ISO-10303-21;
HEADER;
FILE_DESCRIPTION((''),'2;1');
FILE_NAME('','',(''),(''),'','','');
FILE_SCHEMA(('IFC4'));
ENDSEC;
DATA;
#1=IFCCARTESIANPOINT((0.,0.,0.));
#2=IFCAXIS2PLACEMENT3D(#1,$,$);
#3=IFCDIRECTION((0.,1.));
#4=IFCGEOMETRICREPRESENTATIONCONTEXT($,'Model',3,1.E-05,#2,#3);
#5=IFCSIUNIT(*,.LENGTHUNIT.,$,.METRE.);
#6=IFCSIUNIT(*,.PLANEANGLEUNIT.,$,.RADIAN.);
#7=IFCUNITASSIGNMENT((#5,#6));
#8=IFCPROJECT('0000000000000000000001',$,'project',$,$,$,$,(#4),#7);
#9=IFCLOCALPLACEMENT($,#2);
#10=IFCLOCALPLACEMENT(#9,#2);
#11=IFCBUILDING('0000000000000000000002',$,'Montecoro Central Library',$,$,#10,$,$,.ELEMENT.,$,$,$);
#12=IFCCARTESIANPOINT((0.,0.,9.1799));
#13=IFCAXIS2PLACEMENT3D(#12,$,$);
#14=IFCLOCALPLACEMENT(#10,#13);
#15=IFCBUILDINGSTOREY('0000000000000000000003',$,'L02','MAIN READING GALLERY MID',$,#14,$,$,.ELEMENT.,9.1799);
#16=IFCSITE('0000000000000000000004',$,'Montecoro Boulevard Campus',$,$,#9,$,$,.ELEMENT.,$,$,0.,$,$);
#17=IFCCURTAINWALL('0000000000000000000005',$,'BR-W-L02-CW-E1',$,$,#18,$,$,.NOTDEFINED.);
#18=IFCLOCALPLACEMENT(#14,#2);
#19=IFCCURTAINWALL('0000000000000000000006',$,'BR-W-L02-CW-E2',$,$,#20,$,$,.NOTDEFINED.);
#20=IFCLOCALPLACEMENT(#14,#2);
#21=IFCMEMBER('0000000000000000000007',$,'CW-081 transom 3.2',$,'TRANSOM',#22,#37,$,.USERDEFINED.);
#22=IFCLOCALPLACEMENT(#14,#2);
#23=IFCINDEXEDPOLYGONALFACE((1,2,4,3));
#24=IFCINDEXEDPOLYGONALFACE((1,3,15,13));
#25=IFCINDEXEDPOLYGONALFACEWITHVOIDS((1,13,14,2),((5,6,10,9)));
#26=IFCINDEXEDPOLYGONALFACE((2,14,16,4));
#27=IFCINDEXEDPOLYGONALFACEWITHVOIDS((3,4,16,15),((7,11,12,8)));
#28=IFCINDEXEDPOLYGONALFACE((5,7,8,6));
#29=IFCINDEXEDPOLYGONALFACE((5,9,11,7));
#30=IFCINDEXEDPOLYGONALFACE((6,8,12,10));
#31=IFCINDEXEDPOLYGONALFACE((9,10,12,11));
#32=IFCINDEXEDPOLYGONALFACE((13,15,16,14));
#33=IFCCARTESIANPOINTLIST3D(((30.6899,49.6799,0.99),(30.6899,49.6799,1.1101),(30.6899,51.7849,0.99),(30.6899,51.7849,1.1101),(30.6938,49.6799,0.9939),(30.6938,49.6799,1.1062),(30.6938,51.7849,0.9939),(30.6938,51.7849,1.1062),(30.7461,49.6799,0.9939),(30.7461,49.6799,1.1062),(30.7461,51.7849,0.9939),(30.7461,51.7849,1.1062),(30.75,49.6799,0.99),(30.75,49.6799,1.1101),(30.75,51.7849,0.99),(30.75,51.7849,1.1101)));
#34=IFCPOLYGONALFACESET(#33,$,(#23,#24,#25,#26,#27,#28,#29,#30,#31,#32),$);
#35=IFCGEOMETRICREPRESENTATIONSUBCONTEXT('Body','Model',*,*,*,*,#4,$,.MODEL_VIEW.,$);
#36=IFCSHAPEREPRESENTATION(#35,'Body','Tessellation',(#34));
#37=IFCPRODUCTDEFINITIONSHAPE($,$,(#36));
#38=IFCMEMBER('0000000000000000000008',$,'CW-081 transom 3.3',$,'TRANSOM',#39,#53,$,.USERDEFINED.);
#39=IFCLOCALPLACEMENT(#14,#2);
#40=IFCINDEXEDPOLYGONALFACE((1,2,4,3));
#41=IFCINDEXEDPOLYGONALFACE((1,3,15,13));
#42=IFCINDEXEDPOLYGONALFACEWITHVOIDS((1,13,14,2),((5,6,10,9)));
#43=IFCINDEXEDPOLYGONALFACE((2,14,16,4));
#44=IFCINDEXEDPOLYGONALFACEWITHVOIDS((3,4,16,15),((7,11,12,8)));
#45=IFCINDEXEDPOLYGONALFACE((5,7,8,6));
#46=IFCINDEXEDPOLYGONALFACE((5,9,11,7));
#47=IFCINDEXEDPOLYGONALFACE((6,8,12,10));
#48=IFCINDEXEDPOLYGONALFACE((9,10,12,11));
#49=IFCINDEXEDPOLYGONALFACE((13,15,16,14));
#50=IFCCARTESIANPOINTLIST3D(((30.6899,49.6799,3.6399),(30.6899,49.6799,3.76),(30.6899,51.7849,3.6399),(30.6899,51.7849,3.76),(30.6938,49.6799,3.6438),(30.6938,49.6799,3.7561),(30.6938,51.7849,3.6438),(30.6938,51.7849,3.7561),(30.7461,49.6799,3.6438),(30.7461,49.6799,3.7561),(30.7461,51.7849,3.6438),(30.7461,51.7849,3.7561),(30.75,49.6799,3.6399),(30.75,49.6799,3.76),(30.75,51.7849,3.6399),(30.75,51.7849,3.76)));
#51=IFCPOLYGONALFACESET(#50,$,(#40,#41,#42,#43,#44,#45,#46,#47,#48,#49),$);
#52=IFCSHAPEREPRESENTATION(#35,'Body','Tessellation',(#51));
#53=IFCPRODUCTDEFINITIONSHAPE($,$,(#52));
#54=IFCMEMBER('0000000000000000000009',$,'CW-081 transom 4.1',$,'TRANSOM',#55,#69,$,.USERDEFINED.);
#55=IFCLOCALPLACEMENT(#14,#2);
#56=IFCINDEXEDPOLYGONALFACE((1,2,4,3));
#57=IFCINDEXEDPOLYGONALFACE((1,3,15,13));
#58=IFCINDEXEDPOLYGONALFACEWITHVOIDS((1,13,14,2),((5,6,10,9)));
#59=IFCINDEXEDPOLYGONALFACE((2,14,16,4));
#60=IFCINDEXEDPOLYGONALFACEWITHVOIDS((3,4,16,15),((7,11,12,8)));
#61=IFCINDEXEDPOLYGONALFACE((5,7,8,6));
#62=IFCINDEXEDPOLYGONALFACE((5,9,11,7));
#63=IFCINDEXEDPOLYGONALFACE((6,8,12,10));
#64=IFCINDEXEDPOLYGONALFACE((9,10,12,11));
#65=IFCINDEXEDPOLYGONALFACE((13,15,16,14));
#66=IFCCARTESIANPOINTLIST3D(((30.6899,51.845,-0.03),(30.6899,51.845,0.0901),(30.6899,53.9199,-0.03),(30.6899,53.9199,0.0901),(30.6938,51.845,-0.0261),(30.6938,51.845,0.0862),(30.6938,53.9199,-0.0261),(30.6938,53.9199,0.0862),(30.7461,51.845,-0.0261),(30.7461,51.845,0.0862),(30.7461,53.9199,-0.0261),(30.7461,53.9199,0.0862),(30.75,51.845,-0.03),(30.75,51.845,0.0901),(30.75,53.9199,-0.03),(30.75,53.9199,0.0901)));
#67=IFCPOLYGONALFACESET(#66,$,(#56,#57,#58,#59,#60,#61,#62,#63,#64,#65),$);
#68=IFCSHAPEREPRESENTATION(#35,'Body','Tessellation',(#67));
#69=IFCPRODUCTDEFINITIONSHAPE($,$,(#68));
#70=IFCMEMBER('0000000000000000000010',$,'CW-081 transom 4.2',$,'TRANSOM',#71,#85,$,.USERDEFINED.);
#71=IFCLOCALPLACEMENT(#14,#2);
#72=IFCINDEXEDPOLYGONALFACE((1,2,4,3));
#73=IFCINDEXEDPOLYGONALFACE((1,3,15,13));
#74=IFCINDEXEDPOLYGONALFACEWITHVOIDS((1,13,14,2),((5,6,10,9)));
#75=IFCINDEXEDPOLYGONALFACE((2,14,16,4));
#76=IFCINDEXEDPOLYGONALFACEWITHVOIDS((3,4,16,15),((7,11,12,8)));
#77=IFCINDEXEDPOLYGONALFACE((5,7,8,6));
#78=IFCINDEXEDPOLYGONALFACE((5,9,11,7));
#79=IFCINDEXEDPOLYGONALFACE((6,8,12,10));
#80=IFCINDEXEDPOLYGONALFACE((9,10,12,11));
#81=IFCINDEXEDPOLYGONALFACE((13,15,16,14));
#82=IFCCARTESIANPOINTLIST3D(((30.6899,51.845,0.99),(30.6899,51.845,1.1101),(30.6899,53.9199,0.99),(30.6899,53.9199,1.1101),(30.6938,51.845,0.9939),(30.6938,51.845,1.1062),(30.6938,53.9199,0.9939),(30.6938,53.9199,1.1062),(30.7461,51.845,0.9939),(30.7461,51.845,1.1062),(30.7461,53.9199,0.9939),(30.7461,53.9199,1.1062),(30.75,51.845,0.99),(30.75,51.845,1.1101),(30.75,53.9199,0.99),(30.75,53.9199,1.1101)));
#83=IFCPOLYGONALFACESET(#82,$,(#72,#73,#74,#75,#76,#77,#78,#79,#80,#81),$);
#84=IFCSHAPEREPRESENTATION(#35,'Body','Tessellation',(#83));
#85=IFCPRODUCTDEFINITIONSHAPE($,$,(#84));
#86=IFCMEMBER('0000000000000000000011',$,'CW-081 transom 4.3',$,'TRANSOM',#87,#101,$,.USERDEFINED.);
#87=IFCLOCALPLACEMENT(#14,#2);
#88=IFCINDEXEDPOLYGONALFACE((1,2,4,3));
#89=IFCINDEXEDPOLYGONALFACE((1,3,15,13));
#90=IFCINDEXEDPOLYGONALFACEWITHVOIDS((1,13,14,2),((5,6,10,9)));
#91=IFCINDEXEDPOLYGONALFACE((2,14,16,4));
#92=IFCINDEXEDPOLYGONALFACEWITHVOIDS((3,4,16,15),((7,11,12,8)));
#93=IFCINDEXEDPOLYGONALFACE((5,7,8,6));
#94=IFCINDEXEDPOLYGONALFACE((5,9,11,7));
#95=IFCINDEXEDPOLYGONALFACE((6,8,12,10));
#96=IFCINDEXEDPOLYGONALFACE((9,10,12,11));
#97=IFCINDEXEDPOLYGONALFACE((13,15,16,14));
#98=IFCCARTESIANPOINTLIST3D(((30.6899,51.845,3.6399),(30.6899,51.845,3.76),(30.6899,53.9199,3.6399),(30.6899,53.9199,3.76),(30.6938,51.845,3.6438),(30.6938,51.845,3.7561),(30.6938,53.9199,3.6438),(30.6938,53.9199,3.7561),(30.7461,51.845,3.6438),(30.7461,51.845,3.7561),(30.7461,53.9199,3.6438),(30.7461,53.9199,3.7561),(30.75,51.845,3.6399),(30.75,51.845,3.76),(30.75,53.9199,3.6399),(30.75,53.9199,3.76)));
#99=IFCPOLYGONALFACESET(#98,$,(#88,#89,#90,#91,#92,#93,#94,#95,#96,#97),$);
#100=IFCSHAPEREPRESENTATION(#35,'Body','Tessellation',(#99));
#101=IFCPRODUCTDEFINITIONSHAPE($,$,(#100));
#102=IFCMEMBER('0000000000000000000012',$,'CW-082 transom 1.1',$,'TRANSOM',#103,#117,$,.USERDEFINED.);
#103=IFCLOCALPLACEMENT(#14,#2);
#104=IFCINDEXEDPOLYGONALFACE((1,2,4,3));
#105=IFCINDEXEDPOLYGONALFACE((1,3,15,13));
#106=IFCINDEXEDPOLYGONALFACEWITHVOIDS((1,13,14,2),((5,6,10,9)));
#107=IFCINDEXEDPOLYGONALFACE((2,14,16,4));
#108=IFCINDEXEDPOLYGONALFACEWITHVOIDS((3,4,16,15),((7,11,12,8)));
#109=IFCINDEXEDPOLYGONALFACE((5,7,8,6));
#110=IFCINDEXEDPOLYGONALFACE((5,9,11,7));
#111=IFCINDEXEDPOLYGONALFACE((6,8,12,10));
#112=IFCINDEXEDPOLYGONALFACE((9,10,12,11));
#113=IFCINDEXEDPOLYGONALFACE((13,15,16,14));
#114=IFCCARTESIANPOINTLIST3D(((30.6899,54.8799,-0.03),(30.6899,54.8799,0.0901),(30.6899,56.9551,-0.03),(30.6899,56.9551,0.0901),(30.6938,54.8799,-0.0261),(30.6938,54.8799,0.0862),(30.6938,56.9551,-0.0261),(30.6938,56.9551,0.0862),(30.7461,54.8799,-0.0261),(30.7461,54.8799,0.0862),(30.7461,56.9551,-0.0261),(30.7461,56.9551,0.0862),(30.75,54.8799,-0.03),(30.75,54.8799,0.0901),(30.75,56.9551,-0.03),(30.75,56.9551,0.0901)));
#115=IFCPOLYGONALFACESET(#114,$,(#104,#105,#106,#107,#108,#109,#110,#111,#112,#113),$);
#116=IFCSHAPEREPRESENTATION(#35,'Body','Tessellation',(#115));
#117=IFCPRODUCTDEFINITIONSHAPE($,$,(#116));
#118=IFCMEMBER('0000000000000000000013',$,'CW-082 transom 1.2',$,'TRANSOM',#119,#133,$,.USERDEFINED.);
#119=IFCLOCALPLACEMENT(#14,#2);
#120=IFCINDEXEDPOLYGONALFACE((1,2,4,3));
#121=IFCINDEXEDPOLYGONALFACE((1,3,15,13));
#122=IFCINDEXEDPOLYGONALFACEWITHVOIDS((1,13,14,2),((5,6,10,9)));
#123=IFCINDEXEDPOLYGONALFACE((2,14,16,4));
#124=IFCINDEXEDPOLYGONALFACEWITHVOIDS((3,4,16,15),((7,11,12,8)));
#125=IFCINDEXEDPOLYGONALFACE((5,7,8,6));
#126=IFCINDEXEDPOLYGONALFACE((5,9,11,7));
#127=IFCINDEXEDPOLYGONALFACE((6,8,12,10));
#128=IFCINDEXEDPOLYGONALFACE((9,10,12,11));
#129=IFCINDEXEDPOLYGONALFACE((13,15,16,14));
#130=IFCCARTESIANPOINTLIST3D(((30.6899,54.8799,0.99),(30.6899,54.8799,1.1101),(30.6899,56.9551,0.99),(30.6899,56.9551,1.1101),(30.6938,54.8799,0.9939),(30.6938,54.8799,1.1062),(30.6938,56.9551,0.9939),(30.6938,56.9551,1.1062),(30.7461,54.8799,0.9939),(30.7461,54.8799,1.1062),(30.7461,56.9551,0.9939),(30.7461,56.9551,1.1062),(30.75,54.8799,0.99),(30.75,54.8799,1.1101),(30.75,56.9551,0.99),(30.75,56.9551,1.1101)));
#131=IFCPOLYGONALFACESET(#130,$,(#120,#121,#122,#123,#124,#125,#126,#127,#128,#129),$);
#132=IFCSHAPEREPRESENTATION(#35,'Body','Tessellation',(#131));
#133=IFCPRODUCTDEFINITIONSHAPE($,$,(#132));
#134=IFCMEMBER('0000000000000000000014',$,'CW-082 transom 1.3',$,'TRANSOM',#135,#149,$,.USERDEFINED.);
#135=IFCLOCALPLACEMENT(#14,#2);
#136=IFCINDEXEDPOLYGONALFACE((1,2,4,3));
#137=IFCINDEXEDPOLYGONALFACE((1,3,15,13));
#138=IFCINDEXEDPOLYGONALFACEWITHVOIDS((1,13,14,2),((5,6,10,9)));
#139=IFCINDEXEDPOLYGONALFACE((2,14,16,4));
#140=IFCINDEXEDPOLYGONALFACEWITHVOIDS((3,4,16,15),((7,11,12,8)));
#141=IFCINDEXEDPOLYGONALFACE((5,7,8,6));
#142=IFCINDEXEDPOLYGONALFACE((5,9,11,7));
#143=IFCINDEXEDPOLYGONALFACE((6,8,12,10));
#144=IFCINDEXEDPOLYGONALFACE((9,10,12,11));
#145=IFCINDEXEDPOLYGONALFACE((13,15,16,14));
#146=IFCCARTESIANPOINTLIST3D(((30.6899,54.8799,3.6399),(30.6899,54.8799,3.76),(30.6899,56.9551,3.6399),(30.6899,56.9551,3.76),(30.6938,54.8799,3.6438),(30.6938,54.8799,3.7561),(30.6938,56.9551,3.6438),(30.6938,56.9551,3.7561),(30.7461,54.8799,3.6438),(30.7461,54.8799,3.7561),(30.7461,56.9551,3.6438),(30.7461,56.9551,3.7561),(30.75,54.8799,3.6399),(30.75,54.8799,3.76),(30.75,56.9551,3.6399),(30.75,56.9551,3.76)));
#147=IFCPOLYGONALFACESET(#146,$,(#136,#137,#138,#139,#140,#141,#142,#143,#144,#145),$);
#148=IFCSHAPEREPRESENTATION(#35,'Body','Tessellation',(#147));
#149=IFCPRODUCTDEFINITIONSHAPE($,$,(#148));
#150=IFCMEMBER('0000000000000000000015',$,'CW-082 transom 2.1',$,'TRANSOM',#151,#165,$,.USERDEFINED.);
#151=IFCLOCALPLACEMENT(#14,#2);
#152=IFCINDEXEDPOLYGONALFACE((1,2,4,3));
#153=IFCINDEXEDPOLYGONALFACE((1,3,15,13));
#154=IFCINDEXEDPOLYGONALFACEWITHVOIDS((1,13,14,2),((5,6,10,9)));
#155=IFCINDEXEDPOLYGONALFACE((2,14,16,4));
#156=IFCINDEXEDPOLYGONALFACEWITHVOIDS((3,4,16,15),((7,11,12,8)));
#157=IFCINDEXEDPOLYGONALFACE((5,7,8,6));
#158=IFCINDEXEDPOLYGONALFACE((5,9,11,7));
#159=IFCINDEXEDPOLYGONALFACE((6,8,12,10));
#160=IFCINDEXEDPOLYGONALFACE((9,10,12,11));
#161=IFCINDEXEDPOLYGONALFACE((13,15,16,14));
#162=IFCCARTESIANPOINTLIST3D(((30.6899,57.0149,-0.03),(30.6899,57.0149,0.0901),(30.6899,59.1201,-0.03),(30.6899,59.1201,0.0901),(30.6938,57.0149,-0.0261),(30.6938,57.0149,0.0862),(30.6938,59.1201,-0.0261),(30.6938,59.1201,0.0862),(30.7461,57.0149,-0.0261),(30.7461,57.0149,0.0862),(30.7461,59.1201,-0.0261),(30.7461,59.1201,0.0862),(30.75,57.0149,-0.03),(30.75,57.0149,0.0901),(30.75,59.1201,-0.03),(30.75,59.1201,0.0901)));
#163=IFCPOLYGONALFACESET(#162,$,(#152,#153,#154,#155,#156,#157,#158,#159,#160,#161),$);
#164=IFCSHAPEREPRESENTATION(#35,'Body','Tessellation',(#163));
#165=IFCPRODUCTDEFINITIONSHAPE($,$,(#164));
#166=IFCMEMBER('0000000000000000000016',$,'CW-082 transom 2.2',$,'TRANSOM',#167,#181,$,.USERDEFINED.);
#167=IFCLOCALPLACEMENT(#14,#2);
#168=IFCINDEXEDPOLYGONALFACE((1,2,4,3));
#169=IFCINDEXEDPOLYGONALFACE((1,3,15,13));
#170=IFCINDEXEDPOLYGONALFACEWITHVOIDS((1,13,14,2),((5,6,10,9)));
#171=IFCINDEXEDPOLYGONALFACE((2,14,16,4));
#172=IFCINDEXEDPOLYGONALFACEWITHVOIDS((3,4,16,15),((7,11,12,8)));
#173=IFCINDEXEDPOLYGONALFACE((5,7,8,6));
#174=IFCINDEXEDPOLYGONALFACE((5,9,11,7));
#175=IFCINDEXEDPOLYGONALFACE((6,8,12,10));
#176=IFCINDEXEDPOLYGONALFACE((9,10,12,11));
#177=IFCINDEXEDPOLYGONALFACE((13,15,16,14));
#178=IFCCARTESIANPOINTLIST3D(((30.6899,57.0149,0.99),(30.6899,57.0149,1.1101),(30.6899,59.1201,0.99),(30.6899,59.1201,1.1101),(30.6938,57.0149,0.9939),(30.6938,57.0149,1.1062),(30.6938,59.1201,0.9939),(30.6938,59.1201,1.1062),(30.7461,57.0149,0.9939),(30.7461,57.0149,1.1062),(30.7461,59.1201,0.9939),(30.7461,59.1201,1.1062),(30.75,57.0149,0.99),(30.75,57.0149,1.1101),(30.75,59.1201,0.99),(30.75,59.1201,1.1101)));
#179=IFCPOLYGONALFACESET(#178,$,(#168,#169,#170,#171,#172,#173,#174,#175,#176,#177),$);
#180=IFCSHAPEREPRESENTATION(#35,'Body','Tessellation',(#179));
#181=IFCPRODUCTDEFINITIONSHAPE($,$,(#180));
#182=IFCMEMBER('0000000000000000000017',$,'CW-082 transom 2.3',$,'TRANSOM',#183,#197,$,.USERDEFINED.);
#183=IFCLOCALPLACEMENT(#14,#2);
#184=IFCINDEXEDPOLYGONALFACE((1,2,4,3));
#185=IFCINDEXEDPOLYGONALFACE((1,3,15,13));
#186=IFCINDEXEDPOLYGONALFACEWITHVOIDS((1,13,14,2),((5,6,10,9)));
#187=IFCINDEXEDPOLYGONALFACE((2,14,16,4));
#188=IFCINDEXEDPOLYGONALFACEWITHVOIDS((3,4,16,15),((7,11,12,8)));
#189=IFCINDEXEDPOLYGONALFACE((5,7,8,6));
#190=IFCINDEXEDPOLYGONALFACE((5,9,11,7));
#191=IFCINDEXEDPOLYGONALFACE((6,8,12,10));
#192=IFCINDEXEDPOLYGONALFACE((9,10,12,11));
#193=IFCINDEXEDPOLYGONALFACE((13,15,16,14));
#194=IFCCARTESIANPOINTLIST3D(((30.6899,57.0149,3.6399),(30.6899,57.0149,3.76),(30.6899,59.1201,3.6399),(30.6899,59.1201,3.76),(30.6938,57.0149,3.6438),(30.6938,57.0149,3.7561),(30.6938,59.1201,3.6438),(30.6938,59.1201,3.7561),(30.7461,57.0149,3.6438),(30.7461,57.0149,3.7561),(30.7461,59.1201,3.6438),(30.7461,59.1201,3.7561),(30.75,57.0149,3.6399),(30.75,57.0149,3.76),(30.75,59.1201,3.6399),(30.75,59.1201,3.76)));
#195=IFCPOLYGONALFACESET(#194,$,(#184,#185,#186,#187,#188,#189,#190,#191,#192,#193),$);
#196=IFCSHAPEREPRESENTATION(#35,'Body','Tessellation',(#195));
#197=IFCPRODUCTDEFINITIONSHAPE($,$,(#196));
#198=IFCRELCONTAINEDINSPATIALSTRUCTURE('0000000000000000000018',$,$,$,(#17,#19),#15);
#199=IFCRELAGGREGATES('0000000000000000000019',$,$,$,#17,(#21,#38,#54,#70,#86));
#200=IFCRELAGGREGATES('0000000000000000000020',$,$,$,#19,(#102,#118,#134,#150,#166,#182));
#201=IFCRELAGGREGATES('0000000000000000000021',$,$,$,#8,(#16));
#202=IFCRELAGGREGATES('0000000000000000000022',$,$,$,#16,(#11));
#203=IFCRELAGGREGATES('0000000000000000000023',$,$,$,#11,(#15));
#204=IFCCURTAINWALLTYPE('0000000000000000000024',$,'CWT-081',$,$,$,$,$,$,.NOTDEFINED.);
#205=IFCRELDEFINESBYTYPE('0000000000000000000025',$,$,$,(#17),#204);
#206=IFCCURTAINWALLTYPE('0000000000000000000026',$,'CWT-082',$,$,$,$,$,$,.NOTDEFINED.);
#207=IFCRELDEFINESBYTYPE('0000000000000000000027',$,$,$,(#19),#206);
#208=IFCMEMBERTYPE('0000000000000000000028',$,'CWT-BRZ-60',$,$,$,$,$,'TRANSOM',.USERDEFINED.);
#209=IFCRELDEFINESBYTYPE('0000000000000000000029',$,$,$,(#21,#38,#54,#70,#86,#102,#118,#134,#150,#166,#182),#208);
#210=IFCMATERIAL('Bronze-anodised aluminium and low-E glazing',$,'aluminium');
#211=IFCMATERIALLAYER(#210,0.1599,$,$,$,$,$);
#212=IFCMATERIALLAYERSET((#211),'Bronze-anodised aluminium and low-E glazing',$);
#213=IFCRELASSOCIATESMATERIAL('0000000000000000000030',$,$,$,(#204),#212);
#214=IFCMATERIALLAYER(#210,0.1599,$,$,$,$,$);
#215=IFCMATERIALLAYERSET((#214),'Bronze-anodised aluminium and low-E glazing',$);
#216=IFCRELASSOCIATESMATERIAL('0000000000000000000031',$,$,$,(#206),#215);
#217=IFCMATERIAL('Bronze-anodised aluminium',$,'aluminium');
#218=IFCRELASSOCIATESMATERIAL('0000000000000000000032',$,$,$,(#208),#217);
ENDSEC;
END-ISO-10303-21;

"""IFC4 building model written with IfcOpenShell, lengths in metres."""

from ifc_helpers import new_model, si_unit, direction, frame, origin, origin_2d, place, context, subcontext, project, spatial, hollow_rectangle, extrude, material, layer, layer_set, material_profile, profile_set, type_object, element, aggregate, save


model = new_model("IFC4")

# Units and contexts
model_context = context("Model", 3, precision=1e-05, world=origin(), true_north=direction((0.0, 1.0)))
body_context = subcontext(model_context, "Body", "Model", "MODEL_VIEW")
ifc_project = project(units=[si_unit("LENGTHUNIT", "METRE"), si_unit("PLANEANGLEUNIT", "RADIAN")], contexts=[model_context])

# Site, building, storey
site_placement = place(None, origin())
site = spatial("IfcSite", under=ifc_project, at=site_placement, Name="Montecoro Boulevard Campus", CompositionType="ELEMENT", RefElevation=0.0)
building_placement = place(site_placement, origin())
building = spatial("IfcBuilding", under=site, at=building_placement, Name="Montecoro Central Library", CompositionType="ELEMENT")
storey_placement = place(building_placement, frame((0.0, 0.0, 9.1799)))
storey = spatial("IfcBuildingStorey", under=building, at=storey_placement, Name="L02", Description="MAIN READING GALLERY MID", CompositionType="ELEMENT", Elevation=9.1799)

# Curtain walls
ifc_material_1 = material(Name="Bronze-anodised aluminium and low-E glazing", Category="aluminium")
ifc_layer_1 = layer(ifc_material_1, 0.1599)
ifc_layer_set_1 = layer_set([ifc_layer_1], Name="Bronze-anodised aluminium and low-E glazing")
curtain_wall_type_1 = type_object("IfcCurtainWallType", Name="CWT-081", PredefinedType="NOTDEFINED", material=ifc_layer_set_1)
curtain_wall_1_placement = place(storey_placement, origin())
curtain_wall_1 = element("IfcCurtainWall", 1, at=curtain_wall_1_placement, inside=storey, type_object=curtain_wall_type_1, Name="BR-W-L02-CW-E1", PredefinedType="NOTDEFINED")
ifc_material_2 = material(Name="Bronze-anodised aluminium", Category="aluminium")
ifc_layer_2 = layer(ifc_material_1, 0.1599)
ifc_layer_set_2 = layer_set([ifc_layer_2], Name="Bronze-anodised aluminium and low-E glazing")
curtain_wall_type_2 = type_object("IfcCurtainWallType", Name="CWT-082", PredefinedType="NOTDEFINED", material=ifc_layer_set_2)
curtain_wall_2_placement = place(storey_placement, origin())
curtain_wall_2 = element("IfcCurtainWall", 2, at=curtain_wall_2_placement, inside=storey, type_object=curtain_wall_type_2, Name="BR-W-L02-CW-E2", PredefinedType="NOTDEFINED")

# Members
ifc_material_profile_1 = material_profile(ifc_material_2, hollow_rectangle(XDim=0.0601, YDim=0.1201, WallThickness=0.0039, at=origin_2d()), Name="CWT 120x60x4.0")
ifc_profile_set_1 = profile_set([ifc_material_profile_1], Name="Bronze-anodised aluminium")
member_type_1 = type_object("IfcMemberType", Name="CWT-BRZ-60", ElementType="TRANSOM", PredefinedType="USERDEFINED", material=ifc_profile_set_1)
member_1_placement = place(storey_placement, frame((30.72, 49.6799, 1.05), z_axis=(0.0, 1.0, 0.0), x_axis=(-1.0, 0.0, 0.0)))
member_1 = element("IfcMember", 3, at=member_1_placement, type_object=member_type_1, Name="CW-081 transom 3.2", ObjectType="TRANSOM", PredefinedType="USERDEFINED", context=body_context, shape_type="SweptSolid", body=[
    extrude(hollow_rectangle(XDim=0.0601, YDim=0.1201, WallThickness=0.0039, at=origin_2d()), origin(), (0.0, 0.0, 1.0), 2.105),
])
member_2_placement = place(storey_placement, frame((30.72, 49.6799, 3.7), z_axis=(0.0, 1.0, 0.0), x_axis=(-1.0, 0.0, 0.0)))
member_2 = element("IfcMember", 4, at=member_2_placement, type_object=member_type_1, Name="CW-081 transom 3.3", ObjectType="TRANSOM", PredefinedType="USERDEFINED", context=body_context, shape_type="SweptSolid", body=[
    extrude(hollow_rectangle(XDim=0.0601, YDim=0.1201, WallThickness=0.0039, at=origin_2d()), origin(), (0.0, 0.0, 1.0), 2.105),
])
member_3_placement = place(storey_placement, frame((30.72, 51.845, 0.03), z_axis=(0.0, 1.0, 0.0), x_axis=(-1.0, 0.0, 0.0)))
member_3 = element("IfcMember", 5, at=member_3_placement, type_object=member_type_1, Name="CW-081 transom 4.1", ObjectType="TRANSOM", PredefinedType="USERDEFINED", context=body_context, shape_type="SweptSolid", body=[
    extrude(hollow_rectangle(XDim=0.0601, YDim=0.1201, WallThickness=0.0039, at=origin_2d()), origin(), (0.0, 0.0, 1.0), 2.075),
])
member_4_placement = place(storey_placement, frame((30.72, 51.845, 1.05), z_axis=(0.0, 1.0, 0.0), x_axis=(-1.0, 0.0, 0.0)))
member_4 = element("IfcMember", 6, at=member_4_placement, type_object=member_type_1, Name="CW-081 transom 4.2", ObjectType="TRANSOM", PredefinedType="USERDEFINED", context=body_context, shape_type="SweptSolid", body=[
    extrude(hollow_rectangle(XDim=0.0601, YDim=0.1201, WallThickness=0.0039, at=origin_2d()), origin(), (0.0, 0.0, 1.0), 2.075),
])
member_5_placement = place(storey_placement, frame((30.72, 51.845, 3.7), z_axis=(0.0, 1.0, 0.0), x_axis=(-1.0, 0.0, 0.0)))
member_5 = element("IfcMember", 7, at=member_5_placement, type_object=member_type_1, Name="CW-081 transom 4.3", ObjectType="TRANSOM", PredefinedType="USERDEFINED", context=body_context, shape_type="SweptSolid", body=[
    extrude(hollow_rectangle(XDim=0.0601, YDim=0.1201, WallThickness=0.0039, at=origin_2d()), origin(), (0.0, 0.0, 1.0), 2.075),
])
member_6_placement = place(storey_placement, frame((30.72, 54.8799, 0.03), z_axis=(0.0, 1.0, 0.0), x_axis=(-1.0, 0.0, 0.0)))
member_6 = element("IfcMember", 8, at=member_6_placement, type_object=member_type_1, Name="CW-082 transom 1.1", ObjectType="TRANSOM", PredefinedType="USERDEFINED", context=body_context, shape_type="SweptSolid", body=[
    extrude(hollow_rectangle(XDim=0.0601, YDim=0.1201, WallThickness=0.0039, at=origin_2d()), origin(), (0.0, 0.0, 1.0), 2.0752),
])
member_7_placement = place(storey_placement, frame((30.72, 54.8799, 1.05), z_axis=(0.0, 1.0, 0.0), x_axis=(-1.0, 0.0, 0.0)))
member_7 = element("IfcMember", 9, at=member_7_placement, type_object=member_type_1, Name="CW-082 transom 1.2", ObjectType="TRANSOM", PredefinedType="USERDEFINED", context=body_context, shape_type="SweptSolid", body=[
    extrude(hollow_rectangle(XDim=0.0601, YDim=0.1201, WallThickness=0.0039, at=origin_2d()), origin(), (0.0, 0.0, 1.0), 2.0752),
])
member_8_placement = place(storey_placement, frame((30.72, 54.8799, 3.7), z_axis=(0.0, 1.0, 0.0), x_axis=(-1.0, 0.0, 0.0)))
member_8 = element("IfcMember", 10, at=member_8_placement, type_object=member_type_1, Name="CW-082 transom 1.3", ObjectType="TRANSOM", PredefinedType="USERDEFINED", context=body_context, shape_type="SweptSolid", body=[
    extrude(hollow_rectangle(XDim=0.0601, YDim=0.1201, WallThickness=0.0039, at=origin_2d()), origin(), (0.0, 0.0, 1.0), 2.0752),
])
member_9_placement = place(storey_placement, frame((30.72, 57.0149, 0.03), z_axis=(0.0, 1.0, 0.0), x_axis=(-1.0, 0.0, 0.0)))
member_9 = element("IfcMember", 11, at=member_9_placement, type_object=member_type_1, Name="CW-082 transom 2.1", ObjectType="TRANSOM", PredefinedType="USERDEFINED", context=body_context, shape_type="SweptSolid", body=[
    extrude(hollow_rectangle(XDim=0.0601, YDim=0.1201, WallThickness=0.0039, at=origin_2d()), origin(), (0.0, 0.0, 1.0), 2.1052),
])
member_10_placement = place(storey_placement, frame((30.72, 57.0149, 1.05), z_axis=(0.0, 1.0, 0.0), x_axis=(-1.0, 0.0, 0.0)))
member_10 = element("IfcMember", 12, at=member_10_placement, type_object=member_type_1, Name="CW-082 transom 2.2", ObjectType="TRANSOM", PredefinedType="USERDEFINED", context=body_context, shape_type="SweptSolid", body=[
    extrude(hollow_rectangle(XDim=0.0601, YDim=0.1201, WallThickness=0.0039, at=origin_2d()), origin(), (0.0, 0.0, 1.0), 2.1052),
])
member_11_placement = place(storey_placement, frame((30.72, 57.0149, 3.7), z_axis=(0.0, 1.0, 0.0), x_axis=(-1.0, 0.0, 0.0)))
member_11 = element("IfcMember", 13, at=member_11_placement, type_object=member_type_1, Name="CW-082 transom 2.3", ObjectType="TRANSOM", PredefinedType="USERDEFINED", context=body_context, shape_type="SweptSolid", body=[
    extrude(hollow_rectangle(XDim=0.0601, YDim=0.1201, WallThickness=0.0039, at=origin_2d()), origin(), (0.0, 0.0, 1.0), 2.1052),
])

aggregate(curtain_wall_1, [member_1, member_2, member_3, member_4, member_5])
aggregate(curtain_wall_2, [member_6, member_7, member_8, member_9, member_10, member_11])

save(model, "model.ifc")
